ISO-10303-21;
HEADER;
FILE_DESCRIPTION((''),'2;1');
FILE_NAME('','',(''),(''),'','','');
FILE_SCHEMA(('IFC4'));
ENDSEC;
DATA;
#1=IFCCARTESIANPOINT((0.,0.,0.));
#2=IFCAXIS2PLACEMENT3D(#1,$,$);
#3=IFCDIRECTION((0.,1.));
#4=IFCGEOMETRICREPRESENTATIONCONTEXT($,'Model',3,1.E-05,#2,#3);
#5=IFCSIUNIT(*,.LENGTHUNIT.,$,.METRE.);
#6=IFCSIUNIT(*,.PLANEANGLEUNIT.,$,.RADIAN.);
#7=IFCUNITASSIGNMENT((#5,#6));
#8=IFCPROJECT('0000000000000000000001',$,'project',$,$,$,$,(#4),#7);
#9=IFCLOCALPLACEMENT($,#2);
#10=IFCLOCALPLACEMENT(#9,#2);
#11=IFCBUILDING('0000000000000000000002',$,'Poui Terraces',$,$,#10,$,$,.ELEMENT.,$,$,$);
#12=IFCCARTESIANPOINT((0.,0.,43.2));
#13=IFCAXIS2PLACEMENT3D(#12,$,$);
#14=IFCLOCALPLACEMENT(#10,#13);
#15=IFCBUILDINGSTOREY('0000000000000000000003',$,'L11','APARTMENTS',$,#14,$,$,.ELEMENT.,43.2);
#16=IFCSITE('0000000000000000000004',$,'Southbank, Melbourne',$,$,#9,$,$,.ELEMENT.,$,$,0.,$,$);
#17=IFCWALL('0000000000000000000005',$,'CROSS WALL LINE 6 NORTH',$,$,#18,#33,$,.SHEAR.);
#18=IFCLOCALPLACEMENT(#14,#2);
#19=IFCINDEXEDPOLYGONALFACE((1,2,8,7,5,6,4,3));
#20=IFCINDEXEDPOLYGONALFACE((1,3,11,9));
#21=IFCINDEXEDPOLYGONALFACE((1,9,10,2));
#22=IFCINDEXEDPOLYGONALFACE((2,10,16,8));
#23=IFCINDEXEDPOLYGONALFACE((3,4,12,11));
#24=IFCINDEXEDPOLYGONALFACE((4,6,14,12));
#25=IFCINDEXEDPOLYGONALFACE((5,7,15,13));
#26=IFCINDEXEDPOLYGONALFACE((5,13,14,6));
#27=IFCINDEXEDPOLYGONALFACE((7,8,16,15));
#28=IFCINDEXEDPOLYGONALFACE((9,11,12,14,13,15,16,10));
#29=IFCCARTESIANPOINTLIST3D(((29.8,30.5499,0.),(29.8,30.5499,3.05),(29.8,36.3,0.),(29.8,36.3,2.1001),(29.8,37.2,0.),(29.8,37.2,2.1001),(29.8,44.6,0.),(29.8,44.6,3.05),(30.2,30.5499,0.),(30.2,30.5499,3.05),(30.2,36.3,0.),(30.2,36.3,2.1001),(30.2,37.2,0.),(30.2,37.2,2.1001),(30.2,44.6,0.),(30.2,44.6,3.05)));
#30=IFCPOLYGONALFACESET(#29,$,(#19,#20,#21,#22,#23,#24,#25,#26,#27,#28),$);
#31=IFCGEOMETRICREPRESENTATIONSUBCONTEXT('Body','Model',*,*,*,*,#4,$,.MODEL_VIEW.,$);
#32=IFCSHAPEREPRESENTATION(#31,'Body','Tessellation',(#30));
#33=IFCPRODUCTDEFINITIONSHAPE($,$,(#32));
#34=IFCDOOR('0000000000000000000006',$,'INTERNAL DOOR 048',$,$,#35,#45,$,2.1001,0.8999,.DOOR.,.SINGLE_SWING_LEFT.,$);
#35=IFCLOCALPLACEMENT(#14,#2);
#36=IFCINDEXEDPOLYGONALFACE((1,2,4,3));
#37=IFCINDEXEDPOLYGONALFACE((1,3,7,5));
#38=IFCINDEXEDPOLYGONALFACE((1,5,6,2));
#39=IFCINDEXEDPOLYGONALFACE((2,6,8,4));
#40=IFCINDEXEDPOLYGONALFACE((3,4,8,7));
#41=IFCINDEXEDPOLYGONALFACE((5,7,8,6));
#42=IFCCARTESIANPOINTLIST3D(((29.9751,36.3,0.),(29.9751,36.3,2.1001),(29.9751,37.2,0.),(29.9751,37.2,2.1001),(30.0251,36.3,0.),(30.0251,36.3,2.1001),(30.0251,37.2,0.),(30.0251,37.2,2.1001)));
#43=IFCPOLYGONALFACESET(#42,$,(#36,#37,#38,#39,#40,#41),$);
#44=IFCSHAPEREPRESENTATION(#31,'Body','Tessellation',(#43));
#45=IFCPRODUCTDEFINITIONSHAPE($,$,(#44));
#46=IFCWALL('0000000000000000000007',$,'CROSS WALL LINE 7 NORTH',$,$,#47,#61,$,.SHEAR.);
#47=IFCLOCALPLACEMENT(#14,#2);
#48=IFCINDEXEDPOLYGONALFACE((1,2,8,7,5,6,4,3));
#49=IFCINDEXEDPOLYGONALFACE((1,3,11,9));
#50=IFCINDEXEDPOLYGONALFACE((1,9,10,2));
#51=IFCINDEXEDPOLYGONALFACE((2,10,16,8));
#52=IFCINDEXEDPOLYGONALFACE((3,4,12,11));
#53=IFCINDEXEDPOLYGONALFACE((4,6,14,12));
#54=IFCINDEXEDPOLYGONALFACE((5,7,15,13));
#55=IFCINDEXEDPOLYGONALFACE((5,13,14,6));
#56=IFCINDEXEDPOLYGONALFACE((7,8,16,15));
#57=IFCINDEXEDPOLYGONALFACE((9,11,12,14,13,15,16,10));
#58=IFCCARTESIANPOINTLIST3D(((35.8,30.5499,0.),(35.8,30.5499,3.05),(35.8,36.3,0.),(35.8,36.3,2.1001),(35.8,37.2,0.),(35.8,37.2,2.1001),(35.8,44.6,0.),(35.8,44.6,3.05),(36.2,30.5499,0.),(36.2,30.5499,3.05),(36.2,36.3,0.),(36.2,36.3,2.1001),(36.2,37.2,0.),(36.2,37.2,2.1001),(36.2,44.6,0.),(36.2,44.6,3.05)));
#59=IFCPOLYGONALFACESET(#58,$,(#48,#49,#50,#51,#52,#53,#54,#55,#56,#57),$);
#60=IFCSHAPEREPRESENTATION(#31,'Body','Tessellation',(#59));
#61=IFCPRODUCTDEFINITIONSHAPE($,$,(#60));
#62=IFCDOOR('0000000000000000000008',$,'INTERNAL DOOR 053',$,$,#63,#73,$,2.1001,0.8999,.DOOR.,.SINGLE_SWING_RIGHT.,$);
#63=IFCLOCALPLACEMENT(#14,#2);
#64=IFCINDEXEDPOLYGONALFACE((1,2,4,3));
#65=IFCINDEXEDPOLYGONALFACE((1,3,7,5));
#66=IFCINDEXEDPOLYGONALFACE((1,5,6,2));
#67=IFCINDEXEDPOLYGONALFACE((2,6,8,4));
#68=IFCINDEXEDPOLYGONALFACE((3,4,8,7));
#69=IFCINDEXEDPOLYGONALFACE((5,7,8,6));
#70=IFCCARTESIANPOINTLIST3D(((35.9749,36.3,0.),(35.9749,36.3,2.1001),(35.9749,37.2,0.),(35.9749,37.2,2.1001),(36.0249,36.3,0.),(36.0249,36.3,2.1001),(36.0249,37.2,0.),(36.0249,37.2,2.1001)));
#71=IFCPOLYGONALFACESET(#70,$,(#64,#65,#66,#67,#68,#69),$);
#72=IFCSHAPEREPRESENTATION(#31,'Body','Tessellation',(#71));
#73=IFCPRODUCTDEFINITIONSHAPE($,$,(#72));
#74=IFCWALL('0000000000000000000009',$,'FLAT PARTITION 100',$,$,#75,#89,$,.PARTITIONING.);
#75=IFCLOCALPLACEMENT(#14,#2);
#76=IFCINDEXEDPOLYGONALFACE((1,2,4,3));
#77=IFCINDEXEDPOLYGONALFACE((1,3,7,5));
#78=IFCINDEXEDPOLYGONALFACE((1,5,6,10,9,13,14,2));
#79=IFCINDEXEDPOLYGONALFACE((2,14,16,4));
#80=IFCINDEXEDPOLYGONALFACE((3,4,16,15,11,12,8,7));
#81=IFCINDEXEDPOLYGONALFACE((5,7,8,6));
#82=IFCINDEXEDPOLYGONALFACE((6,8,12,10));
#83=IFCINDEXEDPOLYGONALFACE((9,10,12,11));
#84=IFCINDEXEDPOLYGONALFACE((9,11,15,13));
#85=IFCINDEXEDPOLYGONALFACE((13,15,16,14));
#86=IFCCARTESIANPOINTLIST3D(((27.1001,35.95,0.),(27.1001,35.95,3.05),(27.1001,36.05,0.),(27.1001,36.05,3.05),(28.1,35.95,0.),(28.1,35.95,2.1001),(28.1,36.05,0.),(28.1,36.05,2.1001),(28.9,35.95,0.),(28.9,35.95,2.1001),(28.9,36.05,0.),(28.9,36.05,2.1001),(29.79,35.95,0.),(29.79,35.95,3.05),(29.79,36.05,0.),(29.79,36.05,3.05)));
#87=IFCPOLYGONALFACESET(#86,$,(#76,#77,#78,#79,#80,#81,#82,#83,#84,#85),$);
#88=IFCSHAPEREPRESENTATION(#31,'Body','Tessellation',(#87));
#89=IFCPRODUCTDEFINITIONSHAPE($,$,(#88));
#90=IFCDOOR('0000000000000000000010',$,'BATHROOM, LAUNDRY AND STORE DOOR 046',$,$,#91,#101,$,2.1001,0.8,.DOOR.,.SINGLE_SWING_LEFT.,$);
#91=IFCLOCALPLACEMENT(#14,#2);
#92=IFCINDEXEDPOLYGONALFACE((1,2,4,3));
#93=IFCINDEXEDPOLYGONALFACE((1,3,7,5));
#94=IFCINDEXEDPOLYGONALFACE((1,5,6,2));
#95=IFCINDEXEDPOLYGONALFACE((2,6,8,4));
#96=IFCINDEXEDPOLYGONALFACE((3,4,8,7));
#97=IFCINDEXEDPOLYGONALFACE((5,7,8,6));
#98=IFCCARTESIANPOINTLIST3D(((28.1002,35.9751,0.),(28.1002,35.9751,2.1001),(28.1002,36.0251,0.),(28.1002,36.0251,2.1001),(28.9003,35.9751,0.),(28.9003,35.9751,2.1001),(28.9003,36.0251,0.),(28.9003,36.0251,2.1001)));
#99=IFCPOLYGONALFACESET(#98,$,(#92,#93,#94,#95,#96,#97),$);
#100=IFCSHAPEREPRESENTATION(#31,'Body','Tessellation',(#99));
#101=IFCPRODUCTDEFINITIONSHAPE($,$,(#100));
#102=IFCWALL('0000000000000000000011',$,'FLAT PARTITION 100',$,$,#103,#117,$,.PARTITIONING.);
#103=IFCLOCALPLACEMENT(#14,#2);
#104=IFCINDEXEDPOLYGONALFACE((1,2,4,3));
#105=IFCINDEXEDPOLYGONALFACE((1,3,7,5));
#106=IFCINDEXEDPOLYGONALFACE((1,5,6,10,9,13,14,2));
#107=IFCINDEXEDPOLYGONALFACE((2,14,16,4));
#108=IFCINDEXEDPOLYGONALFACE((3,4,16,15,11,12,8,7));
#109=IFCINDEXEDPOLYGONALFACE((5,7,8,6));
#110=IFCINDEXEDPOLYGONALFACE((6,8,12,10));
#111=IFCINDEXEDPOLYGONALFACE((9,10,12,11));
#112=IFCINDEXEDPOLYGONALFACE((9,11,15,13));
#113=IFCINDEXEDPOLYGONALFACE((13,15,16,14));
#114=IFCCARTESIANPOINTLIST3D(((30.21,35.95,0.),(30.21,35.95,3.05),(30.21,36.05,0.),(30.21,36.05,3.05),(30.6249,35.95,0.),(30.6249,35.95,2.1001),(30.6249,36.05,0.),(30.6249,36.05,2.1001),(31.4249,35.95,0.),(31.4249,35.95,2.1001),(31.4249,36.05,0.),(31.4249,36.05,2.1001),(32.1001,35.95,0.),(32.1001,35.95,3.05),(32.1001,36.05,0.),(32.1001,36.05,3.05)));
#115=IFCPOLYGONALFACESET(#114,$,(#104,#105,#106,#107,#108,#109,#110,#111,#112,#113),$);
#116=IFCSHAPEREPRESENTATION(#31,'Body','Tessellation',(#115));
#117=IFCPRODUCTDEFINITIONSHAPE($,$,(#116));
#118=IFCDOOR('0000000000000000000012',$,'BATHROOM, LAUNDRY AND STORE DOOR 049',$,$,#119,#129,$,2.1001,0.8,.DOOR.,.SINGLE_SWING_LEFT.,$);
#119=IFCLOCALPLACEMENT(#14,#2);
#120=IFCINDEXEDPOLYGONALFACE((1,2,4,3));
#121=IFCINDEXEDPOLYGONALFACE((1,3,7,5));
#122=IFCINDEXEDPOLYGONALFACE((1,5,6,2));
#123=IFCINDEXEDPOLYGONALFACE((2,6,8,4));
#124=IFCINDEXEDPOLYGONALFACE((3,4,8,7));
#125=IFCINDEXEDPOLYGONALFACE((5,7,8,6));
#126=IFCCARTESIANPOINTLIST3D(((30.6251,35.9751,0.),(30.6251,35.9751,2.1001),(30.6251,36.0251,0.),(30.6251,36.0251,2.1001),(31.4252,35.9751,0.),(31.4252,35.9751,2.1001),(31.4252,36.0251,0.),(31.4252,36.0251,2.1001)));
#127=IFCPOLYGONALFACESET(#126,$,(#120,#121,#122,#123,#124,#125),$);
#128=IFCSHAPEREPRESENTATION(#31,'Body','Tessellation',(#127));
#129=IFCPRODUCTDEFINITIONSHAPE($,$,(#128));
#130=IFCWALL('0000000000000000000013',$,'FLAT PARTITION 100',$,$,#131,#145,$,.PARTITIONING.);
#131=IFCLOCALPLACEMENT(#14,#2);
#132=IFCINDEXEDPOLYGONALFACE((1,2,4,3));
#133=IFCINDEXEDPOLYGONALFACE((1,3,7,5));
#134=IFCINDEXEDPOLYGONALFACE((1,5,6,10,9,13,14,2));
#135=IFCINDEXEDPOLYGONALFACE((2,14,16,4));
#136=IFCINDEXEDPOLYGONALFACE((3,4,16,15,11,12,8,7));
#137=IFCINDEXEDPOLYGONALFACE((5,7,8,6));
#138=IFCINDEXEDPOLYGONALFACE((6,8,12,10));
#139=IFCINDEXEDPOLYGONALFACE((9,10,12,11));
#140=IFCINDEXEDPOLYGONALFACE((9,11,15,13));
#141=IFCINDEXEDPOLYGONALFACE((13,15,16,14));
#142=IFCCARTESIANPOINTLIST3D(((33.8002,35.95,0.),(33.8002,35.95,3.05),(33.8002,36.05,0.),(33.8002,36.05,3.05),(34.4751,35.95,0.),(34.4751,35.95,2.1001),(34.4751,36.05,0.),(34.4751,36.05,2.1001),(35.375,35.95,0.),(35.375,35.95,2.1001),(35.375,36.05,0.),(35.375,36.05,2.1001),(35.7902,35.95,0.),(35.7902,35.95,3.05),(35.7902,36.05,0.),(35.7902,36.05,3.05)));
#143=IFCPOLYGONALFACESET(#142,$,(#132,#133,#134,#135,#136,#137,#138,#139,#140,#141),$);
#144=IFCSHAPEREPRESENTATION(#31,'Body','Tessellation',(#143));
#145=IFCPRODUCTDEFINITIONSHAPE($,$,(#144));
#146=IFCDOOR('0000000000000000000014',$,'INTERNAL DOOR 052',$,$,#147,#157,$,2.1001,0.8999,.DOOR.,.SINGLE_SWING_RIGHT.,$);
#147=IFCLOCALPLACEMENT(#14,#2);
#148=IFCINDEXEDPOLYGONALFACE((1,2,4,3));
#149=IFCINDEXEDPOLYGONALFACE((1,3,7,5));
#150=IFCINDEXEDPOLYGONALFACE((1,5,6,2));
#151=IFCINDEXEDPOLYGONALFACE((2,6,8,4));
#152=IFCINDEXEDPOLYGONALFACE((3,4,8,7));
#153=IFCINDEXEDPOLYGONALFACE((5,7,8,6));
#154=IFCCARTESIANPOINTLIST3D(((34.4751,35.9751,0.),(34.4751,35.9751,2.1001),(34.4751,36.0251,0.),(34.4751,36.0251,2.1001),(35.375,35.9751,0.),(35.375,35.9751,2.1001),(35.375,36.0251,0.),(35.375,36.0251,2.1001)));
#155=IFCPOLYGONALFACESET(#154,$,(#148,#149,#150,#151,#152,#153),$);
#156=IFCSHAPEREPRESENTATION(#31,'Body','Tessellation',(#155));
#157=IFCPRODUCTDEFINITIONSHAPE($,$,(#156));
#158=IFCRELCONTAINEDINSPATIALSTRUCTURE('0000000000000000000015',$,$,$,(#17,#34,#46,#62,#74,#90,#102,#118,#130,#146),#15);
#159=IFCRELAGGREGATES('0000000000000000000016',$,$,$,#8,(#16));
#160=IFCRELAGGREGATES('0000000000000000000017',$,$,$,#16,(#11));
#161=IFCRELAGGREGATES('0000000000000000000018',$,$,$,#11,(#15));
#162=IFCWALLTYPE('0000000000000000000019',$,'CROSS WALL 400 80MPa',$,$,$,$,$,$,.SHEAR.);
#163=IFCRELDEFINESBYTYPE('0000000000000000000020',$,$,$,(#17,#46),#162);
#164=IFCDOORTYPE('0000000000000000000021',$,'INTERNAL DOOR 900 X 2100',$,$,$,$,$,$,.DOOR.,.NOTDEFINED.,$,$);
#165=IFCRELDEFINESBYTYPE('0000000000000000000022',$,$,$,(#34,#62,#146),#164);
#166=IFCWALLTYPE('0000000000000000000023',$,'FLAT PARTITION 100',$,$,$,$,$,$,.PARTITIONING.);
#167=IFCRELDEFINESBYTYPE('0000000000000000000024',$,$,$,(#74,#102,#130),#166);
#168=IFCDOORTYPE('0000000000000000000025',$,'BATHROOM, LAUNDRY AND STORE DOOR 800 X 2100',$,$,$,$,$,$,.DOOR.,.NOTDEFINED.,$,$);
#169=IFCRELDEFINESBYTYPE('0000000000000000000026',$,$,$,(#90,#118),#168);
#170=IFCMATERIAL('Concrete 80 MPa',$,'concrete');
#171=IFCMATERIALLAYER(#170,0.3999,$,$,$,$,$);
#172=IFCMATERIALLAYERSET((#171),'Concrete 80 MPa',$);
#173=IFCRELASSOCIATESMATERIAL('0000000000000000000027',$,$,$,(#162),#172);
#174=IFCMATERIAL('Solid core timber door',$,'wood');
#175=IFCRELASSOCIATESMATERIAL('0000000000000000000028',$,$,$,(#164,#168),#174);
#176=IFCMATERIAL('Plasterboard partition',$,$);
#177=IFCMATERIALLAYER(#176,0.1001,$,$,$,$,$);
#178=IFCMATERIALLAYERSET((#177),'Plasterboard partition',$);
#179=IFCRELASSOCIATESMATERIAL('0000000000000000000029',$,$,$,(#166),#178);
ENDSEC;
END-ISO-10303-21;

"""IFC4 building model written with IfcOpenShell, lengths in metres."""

from ifc_helpers import new_model, si_unit, direction, frame, frame_2d, origin, place, context, subcontext, project, spatial, rectangle, extrude, material, layer, layer_set, type_object, element, fill, save


model = new_model("IFC4")

# Units and contexts
model_context = context("Model", 3, precision=1e-05, world=origin(), true_north=direction((0.0, 1.0)))
body_context = subcontext(model_context, "Body", "Model", "MODEL_VIEW")
ifc_project = project(units=[si_unit("LENGTHUNIT", "METRE"), si_unit("PLANEANGLEUNIT", "RADIAN")], contexts=[model_context])

# Site, building, storey
site_placement = place(None, origin())
site = spatial("IfcSite", under=ifc_project, at=site_placement, Name="Southbank, Melbourne", CompositionType="ELEMENT", RefElevation=0.0)
building_placement = place(site_placement, origin())
building = spatial("IfcBuilding", under=site, at=building_placement, Name="Poui Terraces", CompositionType="ELEMENT")
storey_placement = place(building_placement, frame((0.0, 0.0, 43.2)))
storey = spatial("IfcBuildingStorey", under=building, at=storey_placement, Name="L11", Description="APARTMENTS", CompositionType="ELEMENT", Elevation=43.2)

# Walls, openings, doors
ifc_material_1 = material(Name="Concrete 80 MPa", Category="concrete")
ifc_layer_1 = layer(ifc_material_1, 0.3999)
ifc_layer_set_1 = layer_set([ifc_layer_1], Name="Concrete 80 MPa")
wall_type_1 = type_object("IfcWallType", Name="CROSS WALL 400 80MPa", PredefinedType="SHEAR", material=ifc_layer_set_1)
wall_1_placement = place(storey_placement, frame((30.0, 30.55, 0.0), z_axis=(0.0, 0.0, 1.0), x_axis=(0.0, 1.0, 0.0)))
wall_1 = element("IfcWall", 1, at=wall_1_placement, inside=storey, type_object=wall_type_1, Name="CROSS WALL LINE 6 NORTH", PredefinedType="SHEAR", context=body_context, shape_type="SweptSolid", body=[
    extrude(rectangle(XDim=14.05, YDim=0.3999, at=frame_2d((7.0249, 0.0))), origin(), (0.0, 0.0, 1.0), 3.05),
])
opening_1_placement = place(wall_1_placement, frame((5.75, 0.0, 0.0)))
opening_1 = element("IfcOpeningElement", 2, at=opening_1_placement, cuts=wall_1, PredefinedType="OPENING", context=body_context, shape_type="SweptSolid", body=[
    extrude(rectangle(XDim=0.8999, YDim=2.1001, at=frame_2d((0.45, 1.05))), frame((0.0, 0.21, 0.0), z_axis=(0.0, -1.0, 0.0), x_axis=(1.0, 0.0, 0.0)), (0.0, 0.0, 1.0), 0.4199),
])
ifc_material_2 = material(Name="Solid core timber door", Category="wood")
door_type_1 = type_object("IfcDoorType", Name="INTERNAL DOOR 900 X 2100", OperationType="NOTDEFINED", PredefinedType="DOOR", material=ifc_material_2)
door_1_placement = place(opening_1_placement, origin())
door_1 = element("IfcDoor", 3, at=door_1_placement, inside=storey, type_object=door_type_1, Name="INTERNAL DOOR 048", OperationType="SINGLE_SWING_LEFT", OverallHeight=2.1001, OverallWidth=0.8999, PredefinedType="DOOR", context=body_context, shape_type="SweptSolid", body=[
    extrude(rectangle(XDim=0.8999, YDim=2.1001, at=frame_2d((0.45, 1.05))), frame((0.0, 0.0249, 0.0), z_axis=(0.0, -1.0, 0.0), x_axis=(1.0, 0.0, 0.0)), (0.0, 0.0, 1.0), 0.05),
])
fill(opening_1, door_1)
wall_2_placement = place(storey_placement, frame((36.0, 30.55, 0.0), z_axis=(0.0, 0.0, 1.0), x_axis=(0.0, 1.0, 0.0)))
wall_2 = element("IfcWall", 4, at=wall_2_placement, inside=storey, type_object=wall_type_1, Name="CROSS WALL LINE 7 NORTH", PredefinedType="SHEAR", context=body_context, shape_type="SweptSolid", body=[
    extrude(rectangle(XDim=14.05, YDim=0.3999, at=frame_2d((7.0249, 0.0))), origin(), (0.0, 0.0, 1.0), 3.05),
])
opening_2_placement = place(wall_2_placement, frame((5.75, 0.0, 0.0)))
opening_2 = element("IfcOpeningElement", 5, at=opening_2_placement, cuts=wall_2, PredefinedType="OPENING", context=body_context, shape_type="SweptSolid", body=[
    extrude(rectangle(XDim=0.8999, YDim=2.1001, at=frame_2d((0.45, 1.05))), frame((0.0, 0.21, 0.0), z_axis=(0.0, -1.0, 0.0), x_axis=(1.0, 0.0, 0.0)), (0.0, 0.0, 1.0), 0.4199),
])
door_2_placement = place(opening_2_placement, frame((0.8999, 0.0, 0.0), z_axis=(0.0, 0.0, 1.0), x_axis=(-1.0, 0.0, 0.0)))
door_2 = element("IfcDoor", 6, at=door_2_placement, inside=storey, type_object=door_type_1, Name="INTERNAL DOOR 053", OperationType="SINGLE_SWING_RIGHT", OverallHeight=2.1001, OverallWidth=0.8999, PredefinedType="DOOR", context=body_context, shape_type="SweptSolid", body=[
    extrude(rectangle(XDim=0.8999, YDim=2.1001, at=frame_2d((0.45, 1.05))), frame((0.0, 0.0249, 0.0), z_axis=(0.0, -1.0, 0.0), x_axis=(1.0, 0.0, 0.0)), (0.0, 0.0, 1.0), 0.05),
])
fill(opening_2, door_2)
ifc_material_3 = material(Name="Plasterboard partition")
ifc_layer_2 = layer(ifc_material_3, 0.1001)
ifc_layer_set_2 = layer_set([ifc_layer_2], Name="Plasterboard partition")
wall_type_2 = type_object("IfcWallType", Name="FLAT PARTITION 100", PredefinedType="PARTITIONING", material=ifc_layer_set_2)
wall_3_placement = place(storey_placement, frame((27.1001, 36.0, 0.0), z_axis=(0.0, 0.0, 1.0), x_axis=(1.0, 0.0, 0.0)))
wall_3 = element("IfcWall", 7, at=wall_3_placement, inside=storey, type_object=wall_type_2, Name="FLAT PARTITION 100", PredefinedType="PARTITIONING", context=body_context, shape_type="SweptSolid", body=[
    extrude(rectangle(XDim=2.6899, YDim=0.1001, at=frame_2d((1.345, 0.0))), origin(), (0.0, 0.0, 1.0), 3.05),
])
opening_3_placement = place(wall_3_placement, frame((1.0, 0.0, 0.0)))
opening_3 = element("IfcOpeningElement", 8, at=opening_3_placement, cuts=wall_3, PredefinedType="OPENING", context=body_context, shape_type="SweptSolid", body=[
    extrude(rectangle(XDim=0.8, YDim=2.1001, at=frame_2d((0.3999, 1.05))), frame((0.0, 0.0601, 0.0), z_axis=(0.0, -1.0, 0.0), x_axis=(1.0, 0.0, 0.0)), (0.0, 0.0, 1.0), 0.1201),
])
door_type_2 = type_object("IfcDoorType", Name="BATHROOM, LAUNDRY AND STORE DOOR 800 X 2100", OperationType="NOTDEFINED", PredefinedType="DOOR", material=ifc_material_2)
door_3_placement = place(opening_3_placement, frame((0.8, 0.0, 0.0), z_axis=(0.0, 0.0, 1.0), x_axis=(-1.0, 0.0, 0.0)))
door_3 = element("IfcDoor", 9, at=door_3_placement, inside=storey, type_object=door_type_2, Name="BATHROOM, LAUNDRY AND STORE DOOR 046", OperationType="SINGLE_SWING_LEFT", OverallHeight=2.1001, OverallWidth=0.8, PredefinedType="DOOR", context=body_context, shape_type="SweptSolid", body=[
    extrude(rectangle(XDim=0.8, YDim=2.1001, at=frame_2d((0.3999, 1.05))), frame((0.0, 0.0249, 0.0), z_axis=(0.0, -1.0, 0.0), x_axis=(1.0, 0.0, 0.0)), (0.0, 0.0, 1.0), 0.05),
])
fill(opening_3, door_3)
wall_4_placement = place(storey_placement, frame((30.21, 36.0, 0.0), z_axis=(0.0, 0.0, 1.0), x_axis=(1.0, 0.0, 0.0)))
wall_4 = element("IfcWall", 10, at=wall_4_placement, inside=storey, type_object=wall_type_2, Name="FLAT PARTITION 100", PredefinedType="PARTITIONING", context=body_context, shape_type="SweptSolid", body=[
    extrude(rectangle(XDim=1.8901, YDim=0.1001, at=frame_2d((0.9451, 0.0))), origin(), (0.0, 0.0, 1.0), 3.05),
])
opening_4_placement = place(wall_4_placement, frame((0.415, 0.0, 0.0)))
opening_4 = element("IfcOpeningElement", 11, at=opening_4_placement, cuts=wall_4, PredefinedType="OPENING", context=body_context, shape_type="SweptSolid", body=[
    extrude(rectangle(XDim=0.8, YDim=2.1001, at=frame_2d((0.3999, 1.05))), frame((0.0, 0.0601, 0.0), z_axis=(0.0, -1.0, 0.0), x_axis=(1.0, 0.0, 0.0)), (0.0, 0.0, 1.0), 0.1201),
])
door_4_placement = place(opening_4_placement, frame((0.8, 0.0, 0.0), z_axis=(0.0, 0.0, 1.0), x_axis=(-1.0, 0.0, 0.0)))
door_4 = element("IfcDoor", 12, at=door_4_placement, inside=storey, type_object=door_type_2, Name="BATHROOM, LAUNDRY AND STORE DOOR 049", OperationType="SINGLE_SWING_LEFT", OverallHeight=2.1001, OverallWidth=0.8, PredefinedType="DOOR", context=body_context, shape_type="SweptSolid", body=[
    extrude(rectangle(XDim=0.8, YDim=2.1001, at=frame_2d((0.3999, 1.05))), frame((0.0, 0.0249, 0.0), z_axis=(0.0, -1.0, 0.0), x_axis=(1.0, 0.0, 0.0)), (0.0, 0.0, 1.0), 0.05),
])
fill(opening_4, door_4)
wall_5_placement = place(storey_placement, frame((33.8, 36.0, 0.0), z_axis=(0.0, 0.0, 1.0), x_axis=(1.0, 0.0, 0.0)))
wall_5 = element("IfcWall", 13, at=wall_5_placement, inside=storey, type_object=wall_type_2, Name="FLAT PARTITION 100", PredefinedType="PARTITIONING", context=body_context, shape_type="SweptSolid", body=[
    extrude(rectangle(XDim=1.99, YDim=0.1001, at=frame_2d((0.9951, 0.0))), origin(), (0.0, 0.0, 1.0), 3.05),
])
opening_5_placement = place(wall_5_placement, frame((0.675, 0.0, 0.0)))
opening_5 = element("IfcOpeningElement", 14, at=opening_5_placement, cuts=wall_5, PredefinedType="OPENING", context=body_context, shape_type="SweptSolid", body=[
    extrude(rectangle(XDim=0.8999, YDim=2.1001, at=frame_2d((0.45, 1.05))), frame((0.0, 0.0601, 0.0), z_axis=(0.0, -1.0, 0.0), x_axis=(1.0, 0.0, 0.0)), (0.0, 0.0, 1.0), 0.1201),
])
door_5_placement = place(opening_5_placement, frame((0.8999, 0.0, 0.0), z_axis=(0.0, 0.0, 1.0), x_axis=(-1.0, 0.0, 0.0)))
door_5 = element("IfcDoor", 15, at=door_5_placement, inside=storey, type_object=door_type_1, Name="INTERNAL DOOR 052", OperationType="SINGLE_SWING_RIGHT", OverallHeight=2.1001, OverallWidth=0.8999, PredefinedType="DOOR", context=body_context, shape_type="SweptSolid", body=[
    extrude(rectangle(XDim=0.8999, YDim=2.1001, at=frame_2d((0.45, 1.05))), frame((0.0, 0.0249, 0.0), z_axis=(0.0, -1.0, 0.0), x_axis=(1.0, 0.0, 0.0)), (0.0, 0.0, 1.0), 0.05),
])
fill(opening_5, door_5)

save(model, "model.ifc")
